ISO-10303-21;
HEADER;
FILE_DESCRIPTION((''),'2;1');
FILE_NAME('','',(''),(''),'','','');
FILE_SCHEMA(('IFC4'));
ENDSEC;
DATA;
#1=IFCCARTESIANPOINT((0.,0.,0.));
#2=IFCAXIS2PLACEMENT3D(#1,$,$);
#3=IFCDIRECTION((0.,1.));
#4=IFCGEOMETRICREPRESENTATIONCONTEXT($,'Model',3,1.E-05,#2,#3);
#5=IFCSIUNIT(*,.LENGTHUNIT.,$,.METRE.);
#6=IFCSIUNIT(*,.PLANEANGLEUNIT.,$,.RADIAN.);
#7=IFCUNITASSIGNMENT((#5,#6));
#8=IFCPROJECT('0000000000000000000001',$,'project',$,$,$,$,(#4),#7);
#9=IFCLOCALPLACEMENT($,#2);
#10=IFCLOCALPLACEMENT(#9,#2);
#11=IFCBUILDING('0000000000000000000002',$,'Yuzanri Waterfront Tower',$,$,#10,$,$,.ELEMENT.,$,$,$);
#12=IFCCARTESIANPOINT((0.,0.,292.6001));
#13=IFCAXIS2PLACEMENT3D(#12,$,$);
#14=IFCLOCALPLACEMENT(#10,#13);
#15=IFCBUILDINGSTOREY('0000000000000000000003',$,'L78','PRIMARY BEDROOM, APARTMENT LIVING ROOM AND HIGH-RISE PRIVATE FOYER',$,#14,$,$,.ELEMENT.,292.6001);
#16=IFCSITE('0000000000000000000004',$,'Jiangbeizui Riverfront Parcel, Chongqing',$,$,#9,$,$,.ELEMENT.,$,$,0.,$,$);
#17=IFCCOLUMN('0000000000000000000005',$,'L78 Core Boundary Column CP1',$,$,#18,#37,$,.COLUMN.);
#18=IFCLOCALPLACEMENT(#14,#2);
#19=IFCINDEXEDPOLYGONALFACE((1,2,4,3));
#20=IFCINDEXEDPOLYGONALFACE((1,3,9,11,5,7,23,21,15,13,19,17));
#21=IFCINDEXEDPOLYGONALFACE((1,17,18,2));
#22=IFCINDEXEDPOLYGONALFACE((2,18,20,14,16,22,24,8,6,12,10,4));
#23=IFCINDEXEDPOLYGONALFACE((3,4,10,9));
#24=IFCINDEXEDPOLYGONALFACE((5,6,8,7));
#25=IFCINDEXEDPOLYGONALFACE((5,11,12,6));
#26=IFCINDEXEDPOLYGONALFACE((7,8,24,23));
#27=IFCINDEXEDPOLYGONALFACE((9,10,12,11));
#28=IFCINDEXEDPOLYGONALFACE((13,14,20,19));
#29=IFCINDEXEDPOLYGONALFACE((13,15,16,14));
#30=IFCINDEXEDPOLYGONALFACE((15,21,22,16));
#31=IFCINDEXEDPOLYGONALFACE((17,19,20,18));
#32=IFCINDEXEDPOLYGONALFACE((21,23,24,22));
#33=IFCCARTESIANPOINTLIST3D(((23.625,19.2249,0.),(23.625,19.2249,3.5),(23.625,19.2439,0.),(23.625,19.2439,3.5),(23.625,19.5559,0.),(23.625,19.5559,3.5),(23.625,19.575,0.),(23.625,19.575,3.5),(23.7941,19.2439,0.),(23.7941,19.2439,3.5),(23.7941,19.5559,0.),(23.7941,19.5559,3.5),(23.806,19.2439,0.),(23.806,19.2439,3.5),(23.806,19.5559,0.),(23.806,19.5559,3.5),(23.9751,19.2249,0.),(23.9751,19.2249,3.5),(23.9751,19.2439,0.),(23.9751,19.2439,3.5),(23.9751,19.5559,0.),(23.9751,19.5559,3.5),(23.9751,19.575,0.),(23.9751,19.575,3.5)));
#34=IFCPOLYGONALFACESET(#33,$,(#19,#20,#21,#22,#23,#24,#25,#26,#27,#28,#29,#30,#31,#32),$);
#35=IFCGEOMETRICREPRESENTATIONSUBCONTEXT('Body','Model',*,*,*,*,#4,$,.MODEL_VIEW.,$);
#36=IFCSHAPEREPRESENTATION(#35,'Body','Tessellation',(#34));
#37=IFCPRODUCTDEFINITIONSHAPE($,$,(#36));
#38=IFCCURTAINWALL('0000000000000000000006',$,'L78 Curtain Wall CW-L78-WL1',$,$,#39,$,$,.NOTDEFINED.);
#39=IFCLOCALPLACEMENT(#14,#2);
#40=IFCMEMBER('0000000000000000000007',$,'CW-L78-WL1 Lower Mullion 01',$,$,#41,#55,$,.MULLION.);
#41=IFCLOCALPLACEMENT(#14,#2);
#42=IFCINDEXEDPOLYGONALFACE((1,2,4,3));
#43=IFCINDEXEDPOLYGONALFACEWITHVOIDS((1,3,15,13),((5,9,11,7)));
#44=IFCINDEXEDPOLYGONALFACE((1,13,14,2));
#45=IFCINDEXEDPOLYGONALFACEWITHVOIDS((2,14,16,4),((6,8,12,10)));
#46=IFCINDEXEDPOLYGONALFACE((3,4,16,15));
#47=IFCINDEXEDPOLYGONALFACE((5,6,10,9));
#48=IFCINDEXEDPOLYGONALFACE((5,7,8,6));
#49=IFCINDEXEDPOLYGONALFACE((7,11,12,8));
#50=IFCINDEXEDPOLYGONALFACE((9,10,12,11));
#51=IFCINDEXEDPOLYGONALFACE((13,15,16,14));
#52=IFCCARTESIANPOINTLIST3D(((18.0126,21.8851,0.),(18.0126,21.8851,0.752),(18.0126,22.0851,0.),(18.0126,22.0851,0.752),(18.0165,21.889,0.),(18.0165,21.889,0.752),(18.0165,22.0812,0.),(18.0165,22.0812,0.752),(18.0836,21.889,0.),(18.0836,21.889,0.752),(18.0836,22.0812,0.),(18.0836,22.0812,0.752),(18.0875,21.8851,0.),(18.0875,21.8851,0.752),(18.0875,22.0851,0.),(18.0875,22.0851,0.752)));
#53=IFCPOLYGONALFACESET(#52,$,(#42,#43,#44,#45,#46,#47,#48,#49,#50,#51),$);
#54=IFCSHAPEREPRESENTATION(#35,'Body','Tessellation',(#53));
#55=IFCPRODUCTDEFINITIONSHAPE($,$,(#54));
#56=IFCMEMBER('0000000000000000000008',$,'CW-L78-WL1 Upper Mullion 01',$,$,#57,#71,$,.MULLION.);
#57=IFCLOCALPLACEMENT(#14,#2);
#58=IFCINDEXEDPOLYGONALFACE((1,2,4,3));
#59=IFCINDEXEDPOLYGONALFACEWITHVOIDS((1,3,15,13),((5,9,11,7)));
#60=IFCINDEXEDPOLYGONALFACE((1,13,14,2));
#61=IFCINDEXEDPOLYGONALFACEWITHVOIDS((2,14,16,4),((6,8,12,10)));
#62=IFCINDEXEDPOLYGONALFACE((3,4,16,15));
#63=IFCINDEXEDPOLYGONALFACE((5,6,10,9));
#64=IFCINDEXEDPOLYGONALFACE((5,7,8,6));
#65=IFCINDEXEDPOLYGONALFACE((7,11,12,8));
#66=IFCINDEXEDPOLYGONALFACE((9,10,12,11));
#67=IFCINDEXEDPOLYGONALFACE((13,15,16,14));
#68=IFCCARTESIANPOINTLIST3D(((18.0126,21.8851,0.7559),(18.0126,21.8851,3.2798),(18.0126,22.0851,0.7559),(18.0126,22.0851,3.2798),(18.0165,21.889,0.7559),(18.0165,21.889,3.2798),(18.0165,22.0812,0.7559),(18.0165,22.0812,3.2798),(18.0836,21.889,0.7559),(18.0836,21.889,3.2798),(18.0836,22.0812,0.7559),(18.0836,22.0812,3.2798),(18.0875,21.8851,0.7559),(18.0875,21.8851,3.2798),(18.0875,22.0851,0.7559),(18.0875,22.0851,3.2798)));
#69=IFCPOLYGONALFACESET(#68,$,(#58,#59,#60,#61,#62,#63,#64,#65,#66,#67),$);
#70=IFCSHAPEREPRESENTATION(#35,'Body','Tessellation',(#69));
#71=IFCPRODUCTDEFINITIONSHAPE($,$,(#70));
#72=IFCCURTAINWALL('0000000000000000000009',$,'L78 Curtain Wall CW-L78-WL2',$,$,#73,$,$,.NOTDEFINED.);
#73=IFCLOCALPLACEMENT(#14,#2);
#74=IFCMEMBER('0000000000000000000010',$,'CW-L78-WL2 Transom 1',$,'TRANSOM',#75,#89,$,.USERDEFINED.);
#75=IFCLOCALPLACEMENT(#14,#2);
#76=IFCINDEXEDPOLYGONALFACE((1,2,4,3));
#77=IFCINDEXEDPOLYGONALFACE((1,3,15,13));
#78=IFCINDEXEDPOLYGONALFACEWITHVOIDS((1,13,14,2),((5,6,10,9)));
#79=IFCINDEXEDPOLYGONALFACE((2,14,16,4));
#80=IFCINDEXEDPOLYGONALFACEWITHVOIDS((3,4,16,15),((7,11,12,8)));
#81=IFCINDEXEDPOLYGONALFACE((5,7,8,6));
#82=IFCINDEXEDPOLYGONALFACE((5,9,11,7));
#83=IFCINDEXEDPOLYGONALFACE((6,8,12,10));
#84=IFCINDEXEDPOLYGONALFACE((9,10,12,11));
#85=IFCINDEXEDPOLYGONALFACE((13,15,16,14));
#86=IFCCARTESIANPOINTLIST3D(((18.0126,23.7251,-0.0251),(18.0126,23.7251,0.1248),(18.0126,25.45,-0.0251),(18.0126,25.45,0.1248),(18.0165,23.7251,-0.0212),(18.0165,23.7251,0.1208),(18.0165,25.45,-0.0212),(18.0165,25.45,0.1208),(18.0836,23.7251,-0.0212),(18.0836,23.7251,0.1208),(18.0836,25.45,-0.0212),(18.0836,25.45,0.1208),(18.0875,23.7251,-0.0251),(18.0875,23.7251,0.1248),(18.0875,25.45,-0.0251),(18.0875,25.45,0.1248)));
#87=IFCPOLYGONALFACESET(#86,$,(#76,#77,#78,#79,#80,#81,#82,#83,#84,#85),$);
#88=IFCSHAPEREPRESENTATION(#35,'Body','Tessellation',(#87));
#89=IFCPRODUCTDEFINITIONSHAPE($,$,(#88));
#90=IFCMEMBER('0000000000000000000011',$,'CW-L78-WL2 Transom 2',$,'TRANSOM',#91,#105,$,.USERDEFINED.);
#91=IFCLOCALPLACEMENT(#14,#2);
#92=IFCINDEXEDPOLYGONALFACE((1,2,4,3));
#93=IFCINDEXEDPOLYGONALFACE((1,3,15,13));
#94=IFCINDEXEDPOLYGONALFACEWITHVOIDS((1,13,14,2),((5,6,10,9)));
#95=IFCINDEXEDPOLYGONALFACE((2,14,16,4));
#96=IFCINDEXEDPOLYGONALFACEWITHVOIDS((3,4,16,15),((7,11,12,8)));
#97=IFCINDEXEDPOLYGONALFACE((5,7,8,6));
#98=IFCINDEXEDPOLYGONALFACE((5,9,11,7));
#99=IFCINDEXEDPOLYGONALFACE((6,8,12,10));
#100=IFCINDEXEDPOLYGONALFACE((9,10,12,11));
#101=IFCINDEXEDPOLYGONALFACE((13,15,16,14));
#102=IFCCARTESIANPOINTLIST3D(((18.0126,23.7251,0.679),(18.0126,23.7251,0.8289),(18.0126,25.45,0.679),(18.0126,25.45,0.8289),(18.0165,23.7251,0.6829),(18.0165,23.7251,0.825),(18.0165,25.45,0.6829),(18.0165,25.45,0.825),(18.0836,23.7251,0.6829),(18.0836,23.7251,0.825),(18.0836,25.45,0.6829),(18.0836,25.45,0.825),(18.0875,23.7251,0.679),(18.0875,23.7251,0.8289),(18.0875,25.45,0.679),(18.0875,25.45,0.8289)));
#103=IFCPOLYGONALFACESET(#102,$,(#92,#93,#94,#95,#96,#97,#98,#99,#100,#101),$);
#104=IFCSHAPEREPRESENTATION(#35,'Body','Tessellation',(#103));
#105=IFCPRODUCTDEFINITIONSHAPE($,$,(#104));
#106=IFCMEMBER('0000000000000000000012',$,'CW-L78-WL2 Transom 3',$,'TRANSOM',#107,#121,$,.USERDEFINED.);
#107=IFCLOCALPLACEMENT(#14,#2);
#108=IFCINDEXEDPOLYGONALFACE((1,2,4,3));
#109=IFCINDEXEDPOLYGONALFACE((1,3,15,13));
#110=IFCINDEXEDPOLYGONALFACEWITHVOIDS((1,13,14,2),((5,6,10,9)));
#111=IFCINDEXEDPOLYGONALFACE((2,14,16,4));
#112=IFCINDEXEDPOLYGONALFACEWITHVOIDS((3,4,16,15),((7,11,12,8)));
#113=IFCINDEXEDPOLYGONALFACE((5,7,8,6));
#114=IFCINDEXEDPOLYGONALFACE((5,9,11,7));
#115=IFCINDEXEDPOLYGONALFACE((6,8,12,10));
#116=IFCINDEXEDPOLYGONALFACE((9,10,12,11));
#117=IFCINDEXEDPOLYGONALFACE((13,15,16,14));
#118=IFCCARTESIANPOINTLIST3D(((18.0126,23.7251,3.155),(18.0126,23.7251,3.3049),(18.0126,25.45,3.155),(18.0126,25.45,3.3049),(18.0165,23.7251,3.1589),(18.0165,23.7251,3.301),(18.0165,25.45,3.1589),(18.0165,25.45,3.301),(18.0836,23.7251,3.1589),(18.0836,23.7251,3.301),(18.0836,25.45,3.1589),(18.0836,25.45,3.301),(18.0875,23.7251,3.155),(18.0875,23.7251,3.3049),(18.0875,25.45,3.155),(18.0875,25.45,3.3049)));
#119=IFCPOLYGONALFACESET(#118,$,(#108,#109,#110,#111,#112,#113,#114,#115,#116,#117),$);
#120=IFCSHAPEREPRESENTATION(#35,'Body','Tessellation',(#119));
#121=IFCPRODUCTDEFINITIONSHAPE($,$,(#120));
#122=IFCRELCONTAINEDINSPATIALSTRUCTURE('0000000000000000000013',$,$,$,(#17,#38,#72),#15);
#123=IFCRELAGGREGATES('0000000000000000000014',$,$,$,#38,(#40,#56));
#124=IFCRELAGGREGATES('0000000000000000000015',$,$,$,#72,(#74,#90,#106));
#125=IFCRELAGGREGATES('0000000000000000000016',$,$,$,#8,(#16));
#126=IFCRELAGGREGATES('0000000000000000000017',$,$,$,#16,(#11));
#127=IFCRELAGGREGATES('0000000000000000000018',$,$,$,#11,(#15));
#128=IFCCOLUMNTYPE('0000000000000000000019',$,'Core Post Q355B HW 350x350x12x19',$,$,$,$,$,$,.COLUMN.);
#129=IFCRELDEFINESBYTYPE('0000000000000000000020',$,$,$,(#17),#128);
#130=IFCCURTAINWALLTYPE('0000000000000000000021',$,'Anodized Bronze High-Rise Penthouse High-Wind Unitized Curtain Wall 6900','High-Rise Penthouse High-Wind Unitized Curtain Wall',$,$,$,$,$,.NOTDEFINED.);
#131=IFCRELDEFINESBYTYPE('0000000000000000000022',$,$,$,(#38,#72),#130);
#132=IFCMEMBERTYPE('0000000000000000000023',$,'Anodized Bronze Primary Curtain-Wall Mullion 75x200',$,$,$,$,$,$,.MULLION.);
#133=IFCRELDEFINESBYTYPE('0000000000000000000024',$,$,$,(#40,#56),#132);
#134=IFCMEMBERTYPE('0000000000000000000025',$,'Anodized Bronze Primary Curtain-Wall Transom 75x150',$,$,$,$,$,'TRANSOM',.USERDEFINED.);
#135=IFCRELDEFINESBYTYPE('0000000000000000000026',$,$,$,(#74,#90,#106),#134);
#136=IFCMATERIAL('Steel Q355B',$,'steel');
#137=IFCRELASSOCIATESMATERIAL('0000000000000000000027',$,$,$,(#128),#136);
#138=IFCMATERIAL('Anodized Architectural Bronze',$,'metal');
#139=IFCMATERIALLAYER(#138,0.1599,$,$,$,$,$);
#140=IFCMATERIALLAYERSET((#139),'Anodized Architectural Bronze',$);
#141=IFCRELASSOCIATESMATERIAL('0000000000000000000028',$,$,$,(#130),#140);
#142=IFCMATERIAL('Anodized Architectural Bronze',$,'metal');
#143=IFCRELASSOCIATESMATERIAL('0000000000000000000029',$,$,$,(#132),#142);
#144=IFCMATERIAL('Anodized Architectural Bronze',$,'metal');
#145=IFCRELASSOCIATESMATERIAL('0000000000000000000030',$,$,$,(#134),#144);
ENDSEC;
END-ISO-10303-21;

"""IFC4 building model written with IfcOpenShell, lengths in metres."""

from ifc_helpers import new_model, si_unit, direction, frame, origin, origin_2d, place, context, subcontext, project, spatial, hollow_rectangle, i_section, extrude, source, transform, mapped, material, layer, layer_set, material_profile, profile_set, type_object, element, aggregate, save


model = new_model("IFC4")

# Units and contexts
model_context = context("Model", 3, precision=1e-05, world=origin(), true_north=direction((0.0, 1.0)))
body_context = subcontext(model_context, "Body", "Model", "MODEL_VIEW")
ifc_project = project(units=[si_unit("LENGTHUNIT", "METRE"), si_unit("PLANEANGLEUNIT", "RADIAN")], contexts=[model_context])

# Site, building, storey
site_placement = place(None, origin())
site = spatial("IfcSite", under=ifc_project, at=site_placement, Name="Jiangbeizui Riverfront Parcel, Chongqing", CompositionType="ELEMENT", RefElevation=0.0)
building_placement = place(site_placement, origin())
building = spatial("IfcBuilding", under=site, at=building_placement, Name="Yuzanri Waterfront Tower", CompositionType="ELEMENT")
storey_placement = place(building_placement, frame((0.0, 0.0, 292.6001)))
storey = spatial("IfcBuildingStorey", under=building, at=storey_placement, Name="L78", Description="PRIMARY BEDROOM, APARTMENT LIVING ROOM AND HIGH-RISE PRIVATE FOYER", CompositionType="ELEMENT", Elevation=292.6001)

# Column
ifc_material_1 = material(Name="Steel Q355B", Category="steel")
ifc_material_profile_1 = material_profile(ifc_material_1, i_section(OverallWidth=0.3501, OverallDepth=0.3501, WebThickness=0.012, FlangeThickness=0.019, at=origin_2d()), Name="HW 350x350x12x19")
ifc_profile_set_1 = profile_set([ifc_material_profile_1], Name="Steel Q355B")
column_type = type_object("IfcColumnType", Name="Core Post Q355B HW 350x350x12x19", PredefinedType="COLUMN", material=ifc_profile_set_1)
shared_shape_1 = source(origin(), body_context, "Body", "SweptSolid", [
    extrude(i_section(OverallWidth=0.3501, OverallDepth=0.3501, WebThickness=0.012, FlangeThickness=0.019, at=origin_2d()), origin(), (0.0, 0.0, 1.0), 3.5),
])
column_placement = place(storey_placement, frame((23.8, 19.3999, 0.0), z_axis=(0.0, 0.0, 1.0), x_axis=(1.0, 0.0, 0.0)))
element("IfcColumn", 1, at=column_placement, inside=storey, type_object=column_type, Name="L78 Core Boundary Column CP1", PredefinedType="COLUMN", context=body_context, shape_type="MappedRepresentation", body=[
    mapped(shared_shape_1, transform((0.0, 0.0, 0.0), scale=1.0)),
])

# Curtain walls, members
ifc_material_2 = material(Name="Anodized Architectural Bronze", Category="metal")
ifc_layer_1 = layer(ifc_material_2, 0.1599)
ifc_layer_set_1 = layer_set([ifc_layer_1], Name="Anodized Architectural Bronze")
curtain_wall_type = type_object("IfcCurtainWallType", Name="Anodized Bronze High-Rise Penthouse High-Wind Unitized Curtain Wall 6900", Description="High-Rise Penthouse High-Wind Unitized Curtain Wall", PredefinedType="NOTDEFINED", material=ifc_layer_set_1)
curtain_wall_1_placement = place(storey_placement, origin())
curtain_wall_1 = element("IfcCurtainWall", 2, at=curtain_wall_1_placement, inside=storey, type_object=curtain_wall_type, Name="L78 Curtain Wall CW-L78-WL1", PredefinedType="NOTDEFINED")
ifc_material_3 = material(Name="Anodized Architectural Bronze", Category="metal")
ifc_material_profile_2 = material_profile(ifc_material_3, hollow_rectangle(XDim=0.075, YDim=0.2, WallThickness=0.0039, at=origin_2d()), Name="CWM 75x200")
ifc_profile_set_2 = profile_set([ifc_material_profile_2], Name="Anodized Architectural Bronze")
member_type_1 = type_object("IfcMemberType", Name="Anodized Bronze Primary Curtain-Wall Mullion 75x200", PredefinedType="MULLION", material=ifc_profile_set_2)
shared_shape_2 = source(origin(), body_context, "Body", "SweptSolid", [
    extrude(hollow_rectangle(XDim=0.075, YDim=0.2, WallThickness=0.0039, at=origin_2d()), origin(), (0.0, 0.0, 1.0), 0.752),
])
member_1_placement = place(storey_placement, frame((18.05, 21.9851, 0.0), z_axis=(0.0, 0.0, 1.0), x_axis=(1.0, 0.0, 0.0)))
member_1 = element("IfcMember", 3, at=member_1_placement, type_object=member_type_1, Name="CW-L78-WL1 Lower Mullion 01", PredefinedType="MULLION", context=body_context, shape_type="MappedRepresentation", body=[
    mapped(shared_shape_2, transform((0.0, 0.0, 0.0), scale=1.0)),
])
shared_shape_3 = source(origin(), body_context, "Body", "SweptSolid", [
    extrude(hollow_rectangle(XDim=0.075, YDim=0.2, WallThickness=0.0039, at=origin_2d()), origin(), (0.0, 0.0, 1.0), 2.5239),
])
member_2_placement = place(storey_placement, frame((18.05, 21.9851, 0.7559), z_axis=(0.0, 0.0, 1.0), x_axis=(1.0, 0.0, 0.0)))
member_2 = element("IfcMember", 4, at=member_2_placement, type_object=member_type_1, Name="CW-L78-WL1 Upper Mullion 01", PredefinedType="MULLION", context=body_context, shape_type="MappedRepresentation", body=[
    mapped(shared_shape_3, transform((0.0, 0.0, 0.0), scale=1.0)),
])
aggregate(curtain_wall_1, [member_1, member_2])
curtain_wall_2_placement = place(storey_placement, origin())
curtain_wall_2 = element("IfcCurtainWall", 5, at=curtain_wall_2_placement, inside=storey, type_object=curtain_wall_type, Name="L78 Curtain Wall CW-L78-WL2", PredefinedType="NOTDEFINED")
ifc_material_4 = material(Name="Anodized Architectural Bronze", Category="metal")
ifc_material_profile_3 = material_profile(ifc_material_4, hollow_rectangle(XDim=0.075, YDim=0.1499, WallThickness=0.0039, at=origin_2d()), Name="CWT 75x150")
ifc_profile_set_3 = profile_set([ifc_material_profile_3], Name="Anodized Architectural Bronze")
member_type_2 = type_object("IfcMemberType", Name="Anodized Bronze Primary Curtain-Wall Transom 75x150", ElementType="TRANSOM", PredefinedType="USERDEFINED", material=ifc_profile_set_3)
shared_shape_4 = source(origin(), body_context, "Body", "SweptSolid", [
    extrude(hollow_rectangle(XDim=0.075, YDim=0.1499, WallThickness=0.0039, at=origin_2d()), origin(), (0.0, 0.0, 1.0), 1.7249),
])
member_3_placement = place(storey_placement, frame((18.05, 23.7251, 0.0498), z_axis=(0.0, 1.0, 0.0), x_axis=(-1.0, 0.0, 0.0)))
member_3 = element("IfcMember", 6, at=member_3_placement, type_object=member_type_2, Name="CW-L78-WL2 Transom 1", ObjectType="TRANSOM", PredefinedType="USERDEFINED", context=body_context, shape_type="MappedRepresentation", body=[
    mapped(shared_shape_4, transform((0.0, 0.0, 0.0), scale=1.0)),
])
member_4_placement = place(storey_placement, frame((18.05, 23.7251, 0.7539), z_axis=(0.0, 1.0, 0.0), x_axis=(-1.0, 0.0, 0.0)))
member_4 = element("IfcMember", 7, at=member_4_placement, type_object=member_type_2, Name="CW-L78-WL2 Transom 2", ObjectType="TRANSOM", PredefinedType="USERDEFINED", context=body_context, shape_type="MappedRepresentation", body=[
    mapped(shared_shape_4, transform((0.0, 0.0, 0.0), scale=1.0)),
])
member_5_placement = place(storey_placement, frame((18.05, 23.7251, 3.23), z_axis=(0.0, 1.0, 0.0), x_axis=(-1.0, 0.0, 0.0)))
member_5 = element("IfcMember", 8, at=member_5_placement, type_object=member_type_2, Name="CW-L78-WL2 Transom 3", ObjectType="TRANSOM", PredefinedType="USERDEFINED", context=body_context, shape_type="MappedRepresentation", body=[
    mapped(shared_shape_4, transform((0.0, 0.0, 0.0), scale=1.0)),
])
aggregate(curtain_wall_2, [member_3, member_4, member_5])

save(model, "model.ifc")
